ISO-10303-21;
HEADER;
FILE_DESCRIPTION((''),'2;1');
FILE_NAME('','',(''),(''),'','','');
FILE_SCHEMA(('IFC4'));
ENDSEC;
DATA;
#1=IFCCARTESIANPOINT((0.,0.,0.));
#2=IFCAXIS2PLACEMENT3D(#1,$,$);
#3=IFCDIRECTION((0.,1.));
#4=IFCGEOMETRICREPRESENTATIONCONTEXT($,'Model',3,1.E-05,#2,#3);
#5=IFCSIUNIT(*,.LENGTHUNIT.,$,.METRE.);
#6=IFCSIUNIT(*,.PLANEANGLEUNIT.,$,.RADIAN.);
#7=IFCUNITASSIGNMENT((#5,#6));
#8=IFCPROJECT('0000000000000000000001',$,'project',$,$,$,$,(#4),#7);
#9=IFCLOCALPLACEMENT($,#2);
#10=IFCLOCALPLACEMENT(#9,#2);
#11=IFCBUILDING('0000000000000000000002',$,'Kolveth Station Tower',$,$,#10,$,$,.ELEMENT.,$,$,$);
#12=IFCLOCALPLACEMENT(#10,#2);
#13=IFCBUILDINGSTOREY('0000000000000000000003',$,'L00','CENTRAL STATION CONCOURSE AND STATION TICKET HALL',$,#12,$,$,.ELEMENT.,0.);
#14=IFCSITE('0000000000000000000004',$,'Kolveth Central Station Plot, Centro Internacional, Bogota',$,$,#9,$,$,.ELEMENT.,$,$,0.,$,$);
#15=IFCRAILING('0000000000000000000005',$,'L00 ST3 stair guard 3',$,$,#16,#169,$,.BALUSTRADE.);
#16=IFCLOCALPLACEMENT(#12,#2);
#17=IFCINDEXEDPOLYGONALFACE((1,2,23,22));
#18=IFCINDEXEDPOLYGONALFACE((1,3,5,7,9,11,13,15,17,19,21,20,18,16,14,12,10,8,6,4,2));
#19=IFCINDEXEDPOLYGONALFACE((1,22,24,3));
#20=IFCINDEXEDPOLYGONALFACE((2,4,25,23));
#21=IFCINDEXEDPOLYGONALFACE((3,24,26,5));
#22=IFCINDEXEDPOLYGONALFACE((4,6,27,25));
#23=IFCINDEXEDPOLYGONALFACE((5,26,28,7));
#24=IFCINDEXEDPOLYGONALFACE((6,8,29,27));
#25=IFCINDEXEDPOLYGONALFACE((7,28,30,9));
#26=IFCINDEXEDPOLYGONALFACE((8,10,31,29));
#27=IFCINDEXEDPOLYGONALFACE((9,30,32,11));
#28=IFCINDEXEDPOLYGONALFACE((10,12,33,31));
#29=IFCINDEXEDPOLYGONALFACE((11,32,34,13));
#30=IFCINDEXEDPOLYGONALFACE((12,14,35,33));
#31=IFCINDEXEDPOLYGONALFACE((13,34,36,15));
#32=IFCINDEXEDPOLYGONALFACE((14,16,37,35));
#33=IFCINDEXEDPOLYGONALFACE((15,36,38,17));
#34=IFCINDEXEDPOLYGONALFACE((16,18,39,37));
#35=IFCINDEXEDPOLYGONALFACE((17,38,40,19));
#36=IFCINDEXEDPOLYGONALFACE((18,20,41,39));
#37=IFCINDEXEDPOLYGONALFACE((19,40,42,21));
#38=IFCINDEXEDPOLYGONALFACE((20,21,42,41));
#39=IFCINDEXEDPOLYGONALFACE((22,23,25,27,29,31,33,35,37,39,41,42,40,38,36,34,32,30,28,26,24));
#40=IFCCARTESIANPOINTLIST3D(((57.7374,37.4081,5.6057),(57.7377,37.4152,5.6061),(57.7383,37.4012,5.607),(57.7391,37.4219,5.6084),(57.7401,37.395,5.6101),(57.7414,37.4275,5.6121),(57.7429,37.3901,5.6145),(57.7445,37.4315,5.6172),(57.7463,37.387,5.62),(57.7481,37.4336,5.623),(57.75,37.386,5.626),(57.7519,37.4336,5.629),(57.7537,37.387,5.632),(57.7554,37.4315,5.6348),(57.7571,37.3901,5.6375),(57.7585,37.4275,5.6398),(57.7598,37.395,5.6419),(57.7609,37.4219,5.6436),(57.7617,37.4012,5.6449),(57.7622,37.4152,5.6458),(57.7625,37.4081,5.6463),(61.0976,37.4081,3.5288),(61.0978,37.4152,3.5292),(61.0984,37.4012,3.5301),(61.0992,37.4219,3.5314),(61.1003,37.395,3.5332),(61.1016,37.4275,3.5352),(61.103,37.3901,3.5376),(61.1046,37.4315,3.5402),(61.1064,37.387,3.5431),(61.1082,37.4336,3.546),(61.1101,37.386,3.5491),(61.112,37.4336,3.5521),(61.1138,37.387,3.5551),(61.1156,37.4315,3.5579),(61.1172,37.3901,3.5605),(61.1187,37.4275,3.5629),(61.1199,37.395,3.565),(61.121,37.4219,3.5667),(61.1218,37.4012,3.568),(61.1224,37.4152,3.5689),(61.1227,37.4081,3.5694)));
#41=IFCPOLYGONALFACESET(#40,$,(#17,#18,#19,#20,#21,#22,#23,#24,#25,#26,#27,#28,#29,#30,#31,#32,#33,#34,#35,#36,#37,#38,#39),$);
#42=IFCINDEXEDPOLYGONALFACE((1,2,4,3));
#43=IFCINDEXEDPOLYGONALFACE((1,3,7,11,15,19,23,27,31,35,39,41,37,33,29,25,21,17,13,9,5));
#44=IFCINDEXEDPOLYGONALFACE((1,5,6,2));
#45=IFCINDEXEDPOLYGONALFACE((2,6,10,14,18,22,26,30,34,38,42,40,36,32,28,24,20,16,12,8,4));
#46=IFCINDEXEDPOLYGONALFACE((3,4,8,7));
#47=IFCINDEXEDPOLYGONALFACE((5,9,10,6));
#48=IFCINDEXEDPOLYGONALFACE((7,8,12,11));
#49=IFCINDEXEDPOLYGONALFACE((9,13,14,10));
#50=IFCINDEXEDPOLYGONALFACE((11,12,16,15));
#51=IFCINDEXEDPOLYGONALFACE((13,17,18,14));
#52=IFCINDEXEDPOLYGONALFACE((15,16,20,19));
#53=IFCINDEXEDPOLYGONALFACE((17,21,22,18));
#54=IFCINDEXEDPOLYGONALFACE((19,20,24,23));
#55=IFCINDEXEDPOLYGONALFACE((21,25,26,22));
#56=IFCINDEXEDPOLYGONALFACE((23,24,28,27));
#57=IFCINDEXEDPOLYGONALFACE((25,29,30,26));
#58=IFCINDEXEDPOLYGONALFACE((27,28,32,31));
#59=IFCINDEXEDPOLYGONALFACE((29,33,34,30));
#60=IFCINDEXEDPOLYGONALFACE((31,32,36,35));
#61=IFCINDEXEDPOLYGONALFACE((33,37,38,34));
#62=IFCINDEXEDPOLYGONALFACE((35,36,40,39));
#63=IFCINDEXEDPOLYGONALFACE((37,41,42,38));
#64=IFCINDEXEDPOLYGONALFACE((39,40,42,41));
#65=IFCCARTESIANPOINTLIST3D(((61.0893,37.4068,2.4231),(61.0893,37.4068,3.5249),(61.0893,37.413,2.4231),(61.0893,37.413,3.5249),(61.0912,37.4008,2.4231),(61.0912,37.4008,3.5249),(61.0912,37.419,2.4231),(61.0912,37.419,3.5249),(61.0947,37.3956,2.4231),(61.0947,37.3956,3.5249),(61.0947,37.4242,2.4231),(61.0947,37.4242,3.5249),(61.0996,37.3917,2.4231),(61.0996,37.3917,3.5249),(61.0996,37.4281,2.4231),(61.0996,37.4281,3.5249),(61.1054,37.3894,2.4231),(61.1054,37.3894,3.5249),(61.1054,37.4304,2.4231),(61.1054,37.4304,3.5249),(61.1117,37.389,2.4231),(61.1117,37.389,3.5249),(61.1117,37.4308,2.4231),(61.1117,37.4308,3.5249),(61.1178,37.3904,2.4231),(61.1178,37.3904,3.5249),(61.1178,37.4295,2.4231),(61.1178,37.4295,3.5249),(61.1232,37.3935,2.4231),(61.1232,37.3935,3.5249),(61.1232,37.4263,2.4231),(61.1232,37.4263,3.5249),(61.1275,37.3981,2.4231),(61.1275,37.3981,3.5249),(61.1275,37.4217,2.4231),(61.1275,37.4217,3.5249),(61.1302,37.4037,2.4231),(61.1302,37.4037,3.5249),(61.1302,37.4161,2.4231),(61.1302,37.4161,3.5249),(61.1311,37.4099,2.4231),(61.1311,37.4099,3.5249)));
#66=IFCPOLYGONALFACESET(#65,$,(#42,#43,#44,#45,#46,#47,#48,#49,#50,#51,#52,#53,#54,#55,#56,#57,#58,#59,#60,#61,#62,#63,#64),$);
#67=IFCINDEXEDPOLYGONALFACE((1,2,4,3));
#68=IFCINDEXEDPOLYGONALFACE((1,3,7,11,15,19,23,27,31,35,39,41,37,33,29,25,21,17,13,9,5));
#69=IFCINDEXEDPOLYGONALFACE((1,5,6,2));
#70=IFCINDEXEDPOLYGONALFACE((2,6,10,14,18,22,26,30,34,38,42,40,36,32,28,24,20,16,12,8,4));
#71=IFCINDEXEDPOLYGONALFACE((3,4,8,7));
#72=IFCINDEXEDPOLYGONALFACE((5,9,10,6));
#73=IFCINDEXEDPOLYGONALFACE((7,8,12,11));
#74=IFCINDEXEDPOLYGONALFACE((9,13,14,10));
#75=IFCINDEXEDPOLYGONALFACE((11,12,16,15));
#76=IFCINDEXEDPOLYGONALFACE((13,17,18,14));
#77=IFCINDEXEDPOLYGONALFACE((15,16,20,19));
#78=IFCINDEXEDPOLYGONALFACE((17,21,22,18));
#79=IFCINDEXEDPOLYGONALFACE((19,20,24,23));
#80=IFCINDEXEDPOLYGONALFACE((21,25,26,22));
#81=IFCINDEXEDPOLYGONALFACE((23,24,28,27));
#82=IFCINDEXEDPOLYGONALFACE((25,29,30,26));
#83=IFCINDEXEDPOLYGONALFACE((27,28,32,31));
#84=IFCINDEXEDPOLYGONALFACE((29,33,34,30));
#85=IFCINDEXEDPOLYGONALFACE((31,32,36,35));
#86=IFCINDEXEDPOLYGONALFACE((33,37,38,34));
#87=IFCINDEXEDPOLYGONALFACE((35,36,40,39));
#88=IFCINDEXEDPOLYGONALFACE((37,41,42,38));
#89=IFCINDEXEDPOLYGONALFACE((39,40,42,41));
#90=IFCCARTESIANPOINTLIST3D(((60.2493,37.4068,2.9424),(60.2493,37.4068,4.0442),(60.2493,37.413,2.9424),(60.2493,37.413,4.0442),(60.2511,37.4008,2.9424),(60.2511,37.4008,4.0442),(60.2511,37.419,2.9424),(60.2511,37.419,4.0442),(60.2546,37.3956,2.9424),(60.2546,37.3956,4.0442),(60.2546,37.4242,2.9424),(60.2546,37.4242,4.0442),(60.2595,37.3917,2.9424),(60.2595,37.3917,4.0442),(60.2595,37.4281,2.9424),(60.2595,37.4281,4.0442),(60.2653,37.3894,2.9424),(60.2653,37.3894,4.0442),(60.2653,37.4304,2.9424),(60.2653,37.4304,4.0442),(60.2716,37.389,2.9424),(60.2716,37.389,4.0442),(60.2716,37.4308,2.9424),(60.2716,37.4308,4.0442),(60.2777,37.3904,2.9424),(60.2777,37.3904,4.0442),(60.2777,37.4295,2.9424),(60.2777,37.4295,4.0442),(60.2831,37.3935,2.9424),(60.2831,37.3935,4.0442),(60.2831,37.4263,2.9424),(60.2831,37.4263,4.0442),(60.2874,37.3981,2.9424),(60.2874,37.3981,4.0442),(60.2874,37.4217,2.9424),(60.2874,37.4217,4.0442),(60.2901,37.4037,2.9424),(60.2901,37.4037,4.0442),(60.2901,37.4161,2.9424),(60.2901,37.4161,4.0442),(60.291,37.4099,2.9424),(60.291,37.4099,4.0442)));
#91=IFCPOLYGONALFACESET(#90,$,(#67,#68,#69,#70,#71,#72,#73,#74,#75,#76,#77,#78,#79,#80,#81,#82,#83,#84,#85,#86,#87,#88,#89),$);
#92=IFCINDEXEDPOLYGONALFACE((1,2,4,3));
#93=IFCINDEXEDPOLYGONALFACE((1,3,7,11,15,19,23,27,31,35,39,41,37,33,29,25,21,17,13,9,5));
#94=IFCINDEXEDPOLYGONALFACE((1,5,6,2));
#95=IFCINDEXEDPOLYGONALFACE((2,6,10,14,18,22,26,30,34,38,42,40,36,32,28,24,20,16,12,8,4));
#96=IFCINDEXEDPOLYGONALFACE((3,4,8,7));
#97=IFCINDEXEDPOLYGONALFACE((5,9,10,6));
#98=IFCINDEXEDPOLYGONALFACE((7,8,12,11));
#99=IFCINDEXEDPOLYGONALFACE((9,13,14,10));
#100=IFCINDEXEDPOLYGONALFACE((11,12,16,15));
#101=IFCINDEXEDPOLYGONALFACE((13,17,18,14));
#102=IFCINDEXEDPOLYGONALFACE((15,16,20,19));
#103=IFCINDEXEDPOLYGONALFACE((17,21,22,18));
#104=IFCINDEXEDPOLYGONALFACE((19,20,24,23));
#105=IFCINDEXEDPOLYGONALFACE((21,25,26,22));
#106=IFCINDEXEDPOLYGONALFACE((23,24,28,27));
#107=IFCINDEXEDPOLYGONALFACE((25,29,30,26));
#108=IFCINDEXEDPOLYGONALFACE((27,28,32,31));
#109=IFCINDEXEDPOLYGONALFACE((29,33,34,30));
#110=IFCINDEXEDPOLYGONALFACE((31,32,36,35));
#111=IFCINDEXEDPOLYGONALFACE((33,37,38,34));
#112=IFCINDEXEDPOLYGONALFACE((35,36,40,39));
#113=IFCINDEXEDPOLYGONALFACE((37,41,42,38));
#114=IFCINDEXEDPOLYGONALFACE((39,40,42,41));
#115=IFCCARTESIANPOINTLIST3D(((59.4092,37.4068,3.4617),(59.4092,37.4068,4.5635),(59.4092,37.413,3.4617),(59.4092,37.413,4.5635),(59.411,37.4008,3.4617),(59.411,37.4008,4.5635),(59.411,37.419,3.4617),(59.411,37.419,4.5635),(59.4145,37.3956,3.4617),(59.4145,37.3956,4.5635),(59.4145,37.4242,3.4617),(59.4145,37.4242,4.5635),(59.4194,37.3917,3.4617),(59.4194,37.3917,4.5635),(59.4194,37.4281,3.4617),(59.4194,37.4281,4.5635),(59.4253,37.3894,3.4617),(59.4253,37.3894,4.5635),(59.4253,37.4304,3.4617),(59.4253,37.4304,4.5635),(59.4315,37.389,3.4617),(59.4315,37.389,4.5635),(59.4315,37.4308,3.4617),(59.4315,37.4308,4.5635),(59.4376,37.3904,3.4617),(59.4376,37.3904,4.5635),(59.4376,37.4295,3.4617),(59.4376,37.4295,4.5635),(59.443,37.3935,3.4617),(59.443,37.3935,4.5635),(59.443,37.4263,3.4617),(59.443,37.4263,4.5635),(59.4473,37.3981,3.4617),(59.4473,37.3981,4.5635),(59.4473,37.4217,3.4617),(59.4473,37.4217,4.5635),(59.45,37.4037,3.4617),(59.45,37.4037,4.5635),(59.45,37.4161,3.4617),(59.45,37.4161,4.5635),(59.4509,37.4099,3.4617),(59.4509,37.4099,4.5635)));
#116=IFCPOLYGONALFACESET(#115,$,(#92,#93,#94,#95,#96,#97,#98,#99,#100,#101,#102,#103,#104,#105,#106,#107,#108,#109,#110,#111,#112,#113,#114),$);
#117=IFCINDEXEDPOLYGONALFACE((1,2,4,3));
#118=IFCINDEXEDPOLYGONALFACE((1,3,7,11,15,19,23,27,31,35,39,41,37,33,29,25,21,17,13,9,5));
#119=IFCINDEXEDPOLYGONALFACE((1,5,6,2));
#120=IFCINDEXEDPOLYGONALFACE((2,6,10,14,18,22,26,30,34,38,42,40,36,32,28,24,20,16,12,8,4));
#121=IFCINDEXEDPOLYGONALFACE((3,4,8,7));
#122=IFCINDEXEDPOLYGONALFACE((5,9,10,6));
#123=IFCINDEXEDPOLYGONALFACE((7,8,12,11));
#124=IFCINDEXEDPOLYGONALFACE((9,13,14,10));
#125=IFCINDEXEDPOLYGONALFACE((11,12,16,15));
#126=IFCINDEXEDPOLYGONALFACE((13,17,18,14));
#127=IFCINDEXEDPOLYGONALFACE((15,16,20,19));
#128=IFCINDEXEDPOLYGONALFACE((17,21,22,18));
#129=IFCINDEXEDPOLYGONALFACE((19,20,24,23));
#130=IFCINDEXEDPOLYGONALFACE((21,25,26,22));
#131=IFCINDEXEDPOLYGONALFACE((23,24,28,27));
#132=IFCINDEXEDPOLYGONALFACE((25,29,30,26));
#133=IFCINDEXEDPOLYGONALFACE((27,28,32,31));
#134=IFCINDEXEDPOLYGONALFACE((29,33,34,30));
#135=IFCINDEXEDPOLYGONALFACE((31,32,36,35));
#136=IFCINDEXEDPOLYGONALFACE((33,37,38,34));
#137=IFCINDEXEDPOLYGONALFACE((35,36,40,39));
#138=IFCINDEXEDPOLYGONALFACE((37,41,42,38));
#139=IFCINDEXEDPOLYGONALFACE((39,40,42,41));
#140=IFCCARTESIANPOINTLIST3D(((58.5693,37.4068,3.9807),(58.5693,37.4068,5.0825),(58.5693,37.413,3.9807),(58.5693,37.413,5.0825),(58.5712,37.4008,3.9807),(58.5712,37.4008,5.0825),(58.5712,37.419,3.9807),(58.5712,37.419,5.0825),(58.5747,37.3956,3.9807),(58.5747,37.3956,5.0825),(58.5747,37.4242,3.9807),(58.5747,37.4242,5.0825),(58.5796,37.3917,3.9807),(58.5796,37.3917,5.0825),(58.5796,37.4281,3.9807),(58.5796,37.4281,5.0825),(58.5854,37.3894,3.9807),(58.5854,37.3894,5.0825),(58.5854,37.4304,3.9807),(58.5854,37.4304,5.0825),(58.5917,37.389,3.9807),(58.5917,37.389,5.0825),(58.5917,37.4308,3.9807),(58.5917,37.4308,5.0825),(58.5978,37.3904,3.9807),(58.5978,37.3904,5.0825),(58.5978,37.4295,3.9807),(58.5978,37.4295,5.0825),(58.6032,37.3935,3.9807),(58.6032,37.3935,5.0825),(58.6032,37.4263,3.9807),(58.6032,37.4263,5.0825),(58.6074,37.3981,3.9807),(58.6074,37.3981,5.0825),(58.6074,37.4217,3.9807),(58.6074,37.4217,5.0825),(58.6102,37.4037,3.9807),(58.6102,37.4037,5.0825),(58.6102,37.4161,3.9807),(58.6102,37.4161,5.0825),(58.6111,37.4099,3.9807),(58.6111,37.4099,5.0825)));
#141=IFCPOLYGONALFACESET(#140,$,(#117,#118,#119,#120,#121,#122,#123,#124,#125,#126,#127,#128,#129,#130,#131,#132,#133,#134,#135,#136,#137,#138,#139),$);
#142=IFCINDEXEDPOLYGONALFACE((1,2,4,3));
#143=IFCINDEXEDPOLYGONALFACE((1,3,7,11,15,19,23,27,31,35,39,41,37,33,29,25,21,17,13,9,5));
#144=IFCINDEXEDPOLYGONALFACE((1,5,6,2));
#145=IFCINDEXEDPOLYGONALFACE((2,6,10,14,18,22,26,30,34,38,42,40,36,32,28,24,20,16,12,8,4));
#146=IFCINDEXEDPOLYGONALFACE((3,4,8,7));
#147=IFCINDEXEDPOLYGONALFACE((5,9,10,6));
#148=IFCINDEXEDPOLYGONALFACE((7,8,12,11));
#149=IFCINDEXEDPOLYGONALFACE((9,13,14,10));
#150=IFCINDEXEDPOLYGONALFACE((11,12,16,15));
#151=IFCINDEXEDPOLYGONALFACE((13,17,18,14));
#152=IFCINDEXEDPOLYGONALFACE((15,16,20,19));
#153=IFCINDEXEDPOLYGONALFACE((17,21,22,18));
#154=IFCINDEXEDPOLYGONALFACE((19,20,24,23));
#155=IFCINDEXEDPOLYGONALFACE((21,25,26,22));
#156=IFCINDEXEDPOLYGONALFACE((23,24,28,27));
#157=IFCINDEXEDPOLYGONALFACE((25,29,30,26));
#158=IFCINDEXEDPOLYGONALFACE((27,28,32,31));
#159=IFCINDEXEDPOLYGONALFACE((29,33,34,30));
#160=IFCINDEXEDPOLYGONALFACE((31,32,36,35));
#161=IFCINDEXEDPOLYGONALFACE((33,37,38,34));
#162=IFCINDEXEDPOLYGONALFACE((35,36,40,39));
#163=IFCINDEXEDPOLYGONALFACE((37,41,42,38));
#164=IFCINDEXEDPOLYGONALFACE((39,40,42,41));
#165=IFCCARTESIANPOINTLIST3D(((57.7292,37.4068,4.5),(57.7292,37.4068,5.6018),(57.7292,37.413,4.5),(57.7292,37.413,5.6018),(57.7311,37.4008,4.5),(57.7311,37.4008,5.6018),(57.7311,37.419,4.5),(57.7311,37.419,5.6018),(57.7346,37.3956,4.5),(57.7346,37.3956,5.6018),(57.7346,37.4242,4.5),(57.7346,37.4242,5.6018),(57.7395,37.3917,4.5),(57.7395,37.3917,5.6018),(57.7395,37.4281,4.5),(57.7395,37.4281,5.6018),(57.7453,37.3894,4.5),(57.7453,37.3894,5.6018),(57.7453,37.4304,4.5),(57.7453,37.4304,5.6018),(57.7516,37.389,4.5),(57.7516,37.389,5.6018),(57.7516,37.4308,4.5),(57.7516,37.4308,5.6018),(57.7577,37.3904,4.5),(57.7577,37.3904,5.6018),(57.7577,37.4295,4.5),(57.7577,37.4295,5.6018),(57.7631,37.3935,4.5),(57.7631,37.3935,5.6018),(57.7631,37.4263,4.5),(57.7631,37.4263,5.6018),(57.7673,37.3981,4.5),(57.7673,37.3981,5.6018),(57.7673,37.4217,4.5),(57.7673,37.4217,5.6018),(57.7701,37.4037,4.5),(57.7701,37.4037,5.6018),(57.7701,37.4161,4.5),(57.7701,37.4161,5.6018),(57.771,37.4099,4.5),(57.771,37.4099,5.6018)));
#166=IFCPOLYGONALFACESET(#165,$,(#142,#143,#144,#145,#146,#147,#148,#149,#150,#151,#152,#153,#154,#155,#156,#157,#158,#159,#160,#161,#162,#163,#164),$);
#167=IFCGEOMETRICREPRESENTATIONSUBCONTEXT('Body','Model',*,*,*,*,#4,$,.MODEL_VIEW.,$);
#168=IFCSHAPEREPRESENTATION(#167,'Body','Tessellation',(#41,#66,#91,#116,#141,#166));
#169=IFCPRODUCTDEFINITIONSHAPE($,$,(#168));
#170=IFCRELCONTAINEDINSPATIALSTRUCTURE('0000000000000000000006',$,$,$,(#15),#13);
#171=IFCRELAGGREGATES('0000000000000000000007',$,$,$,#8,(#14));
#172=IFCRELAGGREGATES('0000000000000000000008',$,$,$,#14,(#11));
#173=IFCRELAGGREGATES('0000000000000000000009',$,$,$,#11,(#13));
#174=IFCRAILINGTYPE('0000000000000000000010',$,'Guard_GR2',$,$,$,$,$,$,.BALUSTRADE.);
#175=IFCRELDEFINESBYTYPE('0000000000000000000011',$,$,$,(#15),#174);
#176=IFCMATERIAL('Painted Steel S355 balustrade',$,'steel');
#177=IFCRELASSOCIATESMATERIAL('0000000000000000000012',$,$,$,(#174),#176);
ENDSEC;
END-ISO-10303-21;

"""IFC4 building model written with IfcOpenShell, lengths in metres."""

from ifc_helpers import new_model, si_unit, direction, frame, origin, origin_2d, place, context, subcontext, project, spatial, circle, extrude, material, type_object, element, save


model = new_model("IFC4")

# Units and contexts
model_context = context("Model", 3, precision=1e-05, world=origin(), true_north=direction((0.0, 1.0)))
body_context = subcontext(model_context, "Body", "Model", "MODEL_VIEW")
ifc_project = project(units=[si_unit("LENGTHUNIT", "METRE"), si_unit("PLANEANGLEUNIT", "RADIAN")], contexts=[model_context])

# Site, building, storey
site_placement = place(None, origin())
site = spatial("IfcSite", under=ifc_project, at=site_placement, Name="Kolveth Central Station Plot, Centro Internacional, Bogota", CompositionType="ELEMENT", RefElevation=0.0)
building_placement = place(site_placement, origin())
building = spatial("IfcBuilding", under=site, at=building_placement, Name="Kolveth Station Tower", CompositionType="ELEMENT")
storey_placement = place(building_placement, origin())
storey = spatial("IfcBuildingStorey", under=building, at=storey_placement, Name="L00", Description="CENTRAL STATION CONCOURSE AND STATION TICKET HALL", CompositionType="ELEMENT", Elevation=0.0)

# Railing
ifc_material_1 = material(Name="Painted Steel S355 balustrade", Category="steel")
railing_type_1 = type_object("IfcRailingType", Name="Guard_GR2", PredefinedType="BALUSTRADE", material=ifc_material_1)
railing_1_placement = place(storey_placement, frame((61.1101, 37.4099, 2.4231)))
element("IfcRailing", 1, at=railing_1_placement, inside=storey, type_object=railing_type_1, Name="L00 ST3 stair guard 3", PredefinedType="BALUSTRADE", context=body_context, shape_type="SweptSolid", body=[
    extrude(circle(Radius=0.0239, at=origin_2d()), frame((0.0, 0.0, 1.126), z_axis=(-0.850623, 0.0, 0.525776), x_axis=(0.0, -1.0, 0.0)), (0.0, 0.0, 1.0), 3.9502),
    extrude(circle(Radius=0.021, at=origin_2d()), origin(), (0.0, 0.0, 1.0), 1.1018),
    extrude(circle(Radius=0.021, at=origin_2d()), frame((-0.8401, 0.0, 0.5193)), (0.0, 0.0, 1.0), 1.1018),
    extrude(circle(Radius=0.021, at=origin_2d()), frame((-1.6802, 0.0, 1.0386)), (0.0, 0.0, 1.0), 1.1018),
    extrude(circle(Radius=0.021, at=origin_2d()), frame((-2.52, 0.0, 1.5576)), (0.0, 0.0, 1.0), 1.1018),
    extrude(circle(Radius=0.021, at=origin_2d()), frame((-3.3601, 0.0, 2.0769)), (0.0, 0.0, 1.0), 1.1018),
])

save(model, "model.ifc")
